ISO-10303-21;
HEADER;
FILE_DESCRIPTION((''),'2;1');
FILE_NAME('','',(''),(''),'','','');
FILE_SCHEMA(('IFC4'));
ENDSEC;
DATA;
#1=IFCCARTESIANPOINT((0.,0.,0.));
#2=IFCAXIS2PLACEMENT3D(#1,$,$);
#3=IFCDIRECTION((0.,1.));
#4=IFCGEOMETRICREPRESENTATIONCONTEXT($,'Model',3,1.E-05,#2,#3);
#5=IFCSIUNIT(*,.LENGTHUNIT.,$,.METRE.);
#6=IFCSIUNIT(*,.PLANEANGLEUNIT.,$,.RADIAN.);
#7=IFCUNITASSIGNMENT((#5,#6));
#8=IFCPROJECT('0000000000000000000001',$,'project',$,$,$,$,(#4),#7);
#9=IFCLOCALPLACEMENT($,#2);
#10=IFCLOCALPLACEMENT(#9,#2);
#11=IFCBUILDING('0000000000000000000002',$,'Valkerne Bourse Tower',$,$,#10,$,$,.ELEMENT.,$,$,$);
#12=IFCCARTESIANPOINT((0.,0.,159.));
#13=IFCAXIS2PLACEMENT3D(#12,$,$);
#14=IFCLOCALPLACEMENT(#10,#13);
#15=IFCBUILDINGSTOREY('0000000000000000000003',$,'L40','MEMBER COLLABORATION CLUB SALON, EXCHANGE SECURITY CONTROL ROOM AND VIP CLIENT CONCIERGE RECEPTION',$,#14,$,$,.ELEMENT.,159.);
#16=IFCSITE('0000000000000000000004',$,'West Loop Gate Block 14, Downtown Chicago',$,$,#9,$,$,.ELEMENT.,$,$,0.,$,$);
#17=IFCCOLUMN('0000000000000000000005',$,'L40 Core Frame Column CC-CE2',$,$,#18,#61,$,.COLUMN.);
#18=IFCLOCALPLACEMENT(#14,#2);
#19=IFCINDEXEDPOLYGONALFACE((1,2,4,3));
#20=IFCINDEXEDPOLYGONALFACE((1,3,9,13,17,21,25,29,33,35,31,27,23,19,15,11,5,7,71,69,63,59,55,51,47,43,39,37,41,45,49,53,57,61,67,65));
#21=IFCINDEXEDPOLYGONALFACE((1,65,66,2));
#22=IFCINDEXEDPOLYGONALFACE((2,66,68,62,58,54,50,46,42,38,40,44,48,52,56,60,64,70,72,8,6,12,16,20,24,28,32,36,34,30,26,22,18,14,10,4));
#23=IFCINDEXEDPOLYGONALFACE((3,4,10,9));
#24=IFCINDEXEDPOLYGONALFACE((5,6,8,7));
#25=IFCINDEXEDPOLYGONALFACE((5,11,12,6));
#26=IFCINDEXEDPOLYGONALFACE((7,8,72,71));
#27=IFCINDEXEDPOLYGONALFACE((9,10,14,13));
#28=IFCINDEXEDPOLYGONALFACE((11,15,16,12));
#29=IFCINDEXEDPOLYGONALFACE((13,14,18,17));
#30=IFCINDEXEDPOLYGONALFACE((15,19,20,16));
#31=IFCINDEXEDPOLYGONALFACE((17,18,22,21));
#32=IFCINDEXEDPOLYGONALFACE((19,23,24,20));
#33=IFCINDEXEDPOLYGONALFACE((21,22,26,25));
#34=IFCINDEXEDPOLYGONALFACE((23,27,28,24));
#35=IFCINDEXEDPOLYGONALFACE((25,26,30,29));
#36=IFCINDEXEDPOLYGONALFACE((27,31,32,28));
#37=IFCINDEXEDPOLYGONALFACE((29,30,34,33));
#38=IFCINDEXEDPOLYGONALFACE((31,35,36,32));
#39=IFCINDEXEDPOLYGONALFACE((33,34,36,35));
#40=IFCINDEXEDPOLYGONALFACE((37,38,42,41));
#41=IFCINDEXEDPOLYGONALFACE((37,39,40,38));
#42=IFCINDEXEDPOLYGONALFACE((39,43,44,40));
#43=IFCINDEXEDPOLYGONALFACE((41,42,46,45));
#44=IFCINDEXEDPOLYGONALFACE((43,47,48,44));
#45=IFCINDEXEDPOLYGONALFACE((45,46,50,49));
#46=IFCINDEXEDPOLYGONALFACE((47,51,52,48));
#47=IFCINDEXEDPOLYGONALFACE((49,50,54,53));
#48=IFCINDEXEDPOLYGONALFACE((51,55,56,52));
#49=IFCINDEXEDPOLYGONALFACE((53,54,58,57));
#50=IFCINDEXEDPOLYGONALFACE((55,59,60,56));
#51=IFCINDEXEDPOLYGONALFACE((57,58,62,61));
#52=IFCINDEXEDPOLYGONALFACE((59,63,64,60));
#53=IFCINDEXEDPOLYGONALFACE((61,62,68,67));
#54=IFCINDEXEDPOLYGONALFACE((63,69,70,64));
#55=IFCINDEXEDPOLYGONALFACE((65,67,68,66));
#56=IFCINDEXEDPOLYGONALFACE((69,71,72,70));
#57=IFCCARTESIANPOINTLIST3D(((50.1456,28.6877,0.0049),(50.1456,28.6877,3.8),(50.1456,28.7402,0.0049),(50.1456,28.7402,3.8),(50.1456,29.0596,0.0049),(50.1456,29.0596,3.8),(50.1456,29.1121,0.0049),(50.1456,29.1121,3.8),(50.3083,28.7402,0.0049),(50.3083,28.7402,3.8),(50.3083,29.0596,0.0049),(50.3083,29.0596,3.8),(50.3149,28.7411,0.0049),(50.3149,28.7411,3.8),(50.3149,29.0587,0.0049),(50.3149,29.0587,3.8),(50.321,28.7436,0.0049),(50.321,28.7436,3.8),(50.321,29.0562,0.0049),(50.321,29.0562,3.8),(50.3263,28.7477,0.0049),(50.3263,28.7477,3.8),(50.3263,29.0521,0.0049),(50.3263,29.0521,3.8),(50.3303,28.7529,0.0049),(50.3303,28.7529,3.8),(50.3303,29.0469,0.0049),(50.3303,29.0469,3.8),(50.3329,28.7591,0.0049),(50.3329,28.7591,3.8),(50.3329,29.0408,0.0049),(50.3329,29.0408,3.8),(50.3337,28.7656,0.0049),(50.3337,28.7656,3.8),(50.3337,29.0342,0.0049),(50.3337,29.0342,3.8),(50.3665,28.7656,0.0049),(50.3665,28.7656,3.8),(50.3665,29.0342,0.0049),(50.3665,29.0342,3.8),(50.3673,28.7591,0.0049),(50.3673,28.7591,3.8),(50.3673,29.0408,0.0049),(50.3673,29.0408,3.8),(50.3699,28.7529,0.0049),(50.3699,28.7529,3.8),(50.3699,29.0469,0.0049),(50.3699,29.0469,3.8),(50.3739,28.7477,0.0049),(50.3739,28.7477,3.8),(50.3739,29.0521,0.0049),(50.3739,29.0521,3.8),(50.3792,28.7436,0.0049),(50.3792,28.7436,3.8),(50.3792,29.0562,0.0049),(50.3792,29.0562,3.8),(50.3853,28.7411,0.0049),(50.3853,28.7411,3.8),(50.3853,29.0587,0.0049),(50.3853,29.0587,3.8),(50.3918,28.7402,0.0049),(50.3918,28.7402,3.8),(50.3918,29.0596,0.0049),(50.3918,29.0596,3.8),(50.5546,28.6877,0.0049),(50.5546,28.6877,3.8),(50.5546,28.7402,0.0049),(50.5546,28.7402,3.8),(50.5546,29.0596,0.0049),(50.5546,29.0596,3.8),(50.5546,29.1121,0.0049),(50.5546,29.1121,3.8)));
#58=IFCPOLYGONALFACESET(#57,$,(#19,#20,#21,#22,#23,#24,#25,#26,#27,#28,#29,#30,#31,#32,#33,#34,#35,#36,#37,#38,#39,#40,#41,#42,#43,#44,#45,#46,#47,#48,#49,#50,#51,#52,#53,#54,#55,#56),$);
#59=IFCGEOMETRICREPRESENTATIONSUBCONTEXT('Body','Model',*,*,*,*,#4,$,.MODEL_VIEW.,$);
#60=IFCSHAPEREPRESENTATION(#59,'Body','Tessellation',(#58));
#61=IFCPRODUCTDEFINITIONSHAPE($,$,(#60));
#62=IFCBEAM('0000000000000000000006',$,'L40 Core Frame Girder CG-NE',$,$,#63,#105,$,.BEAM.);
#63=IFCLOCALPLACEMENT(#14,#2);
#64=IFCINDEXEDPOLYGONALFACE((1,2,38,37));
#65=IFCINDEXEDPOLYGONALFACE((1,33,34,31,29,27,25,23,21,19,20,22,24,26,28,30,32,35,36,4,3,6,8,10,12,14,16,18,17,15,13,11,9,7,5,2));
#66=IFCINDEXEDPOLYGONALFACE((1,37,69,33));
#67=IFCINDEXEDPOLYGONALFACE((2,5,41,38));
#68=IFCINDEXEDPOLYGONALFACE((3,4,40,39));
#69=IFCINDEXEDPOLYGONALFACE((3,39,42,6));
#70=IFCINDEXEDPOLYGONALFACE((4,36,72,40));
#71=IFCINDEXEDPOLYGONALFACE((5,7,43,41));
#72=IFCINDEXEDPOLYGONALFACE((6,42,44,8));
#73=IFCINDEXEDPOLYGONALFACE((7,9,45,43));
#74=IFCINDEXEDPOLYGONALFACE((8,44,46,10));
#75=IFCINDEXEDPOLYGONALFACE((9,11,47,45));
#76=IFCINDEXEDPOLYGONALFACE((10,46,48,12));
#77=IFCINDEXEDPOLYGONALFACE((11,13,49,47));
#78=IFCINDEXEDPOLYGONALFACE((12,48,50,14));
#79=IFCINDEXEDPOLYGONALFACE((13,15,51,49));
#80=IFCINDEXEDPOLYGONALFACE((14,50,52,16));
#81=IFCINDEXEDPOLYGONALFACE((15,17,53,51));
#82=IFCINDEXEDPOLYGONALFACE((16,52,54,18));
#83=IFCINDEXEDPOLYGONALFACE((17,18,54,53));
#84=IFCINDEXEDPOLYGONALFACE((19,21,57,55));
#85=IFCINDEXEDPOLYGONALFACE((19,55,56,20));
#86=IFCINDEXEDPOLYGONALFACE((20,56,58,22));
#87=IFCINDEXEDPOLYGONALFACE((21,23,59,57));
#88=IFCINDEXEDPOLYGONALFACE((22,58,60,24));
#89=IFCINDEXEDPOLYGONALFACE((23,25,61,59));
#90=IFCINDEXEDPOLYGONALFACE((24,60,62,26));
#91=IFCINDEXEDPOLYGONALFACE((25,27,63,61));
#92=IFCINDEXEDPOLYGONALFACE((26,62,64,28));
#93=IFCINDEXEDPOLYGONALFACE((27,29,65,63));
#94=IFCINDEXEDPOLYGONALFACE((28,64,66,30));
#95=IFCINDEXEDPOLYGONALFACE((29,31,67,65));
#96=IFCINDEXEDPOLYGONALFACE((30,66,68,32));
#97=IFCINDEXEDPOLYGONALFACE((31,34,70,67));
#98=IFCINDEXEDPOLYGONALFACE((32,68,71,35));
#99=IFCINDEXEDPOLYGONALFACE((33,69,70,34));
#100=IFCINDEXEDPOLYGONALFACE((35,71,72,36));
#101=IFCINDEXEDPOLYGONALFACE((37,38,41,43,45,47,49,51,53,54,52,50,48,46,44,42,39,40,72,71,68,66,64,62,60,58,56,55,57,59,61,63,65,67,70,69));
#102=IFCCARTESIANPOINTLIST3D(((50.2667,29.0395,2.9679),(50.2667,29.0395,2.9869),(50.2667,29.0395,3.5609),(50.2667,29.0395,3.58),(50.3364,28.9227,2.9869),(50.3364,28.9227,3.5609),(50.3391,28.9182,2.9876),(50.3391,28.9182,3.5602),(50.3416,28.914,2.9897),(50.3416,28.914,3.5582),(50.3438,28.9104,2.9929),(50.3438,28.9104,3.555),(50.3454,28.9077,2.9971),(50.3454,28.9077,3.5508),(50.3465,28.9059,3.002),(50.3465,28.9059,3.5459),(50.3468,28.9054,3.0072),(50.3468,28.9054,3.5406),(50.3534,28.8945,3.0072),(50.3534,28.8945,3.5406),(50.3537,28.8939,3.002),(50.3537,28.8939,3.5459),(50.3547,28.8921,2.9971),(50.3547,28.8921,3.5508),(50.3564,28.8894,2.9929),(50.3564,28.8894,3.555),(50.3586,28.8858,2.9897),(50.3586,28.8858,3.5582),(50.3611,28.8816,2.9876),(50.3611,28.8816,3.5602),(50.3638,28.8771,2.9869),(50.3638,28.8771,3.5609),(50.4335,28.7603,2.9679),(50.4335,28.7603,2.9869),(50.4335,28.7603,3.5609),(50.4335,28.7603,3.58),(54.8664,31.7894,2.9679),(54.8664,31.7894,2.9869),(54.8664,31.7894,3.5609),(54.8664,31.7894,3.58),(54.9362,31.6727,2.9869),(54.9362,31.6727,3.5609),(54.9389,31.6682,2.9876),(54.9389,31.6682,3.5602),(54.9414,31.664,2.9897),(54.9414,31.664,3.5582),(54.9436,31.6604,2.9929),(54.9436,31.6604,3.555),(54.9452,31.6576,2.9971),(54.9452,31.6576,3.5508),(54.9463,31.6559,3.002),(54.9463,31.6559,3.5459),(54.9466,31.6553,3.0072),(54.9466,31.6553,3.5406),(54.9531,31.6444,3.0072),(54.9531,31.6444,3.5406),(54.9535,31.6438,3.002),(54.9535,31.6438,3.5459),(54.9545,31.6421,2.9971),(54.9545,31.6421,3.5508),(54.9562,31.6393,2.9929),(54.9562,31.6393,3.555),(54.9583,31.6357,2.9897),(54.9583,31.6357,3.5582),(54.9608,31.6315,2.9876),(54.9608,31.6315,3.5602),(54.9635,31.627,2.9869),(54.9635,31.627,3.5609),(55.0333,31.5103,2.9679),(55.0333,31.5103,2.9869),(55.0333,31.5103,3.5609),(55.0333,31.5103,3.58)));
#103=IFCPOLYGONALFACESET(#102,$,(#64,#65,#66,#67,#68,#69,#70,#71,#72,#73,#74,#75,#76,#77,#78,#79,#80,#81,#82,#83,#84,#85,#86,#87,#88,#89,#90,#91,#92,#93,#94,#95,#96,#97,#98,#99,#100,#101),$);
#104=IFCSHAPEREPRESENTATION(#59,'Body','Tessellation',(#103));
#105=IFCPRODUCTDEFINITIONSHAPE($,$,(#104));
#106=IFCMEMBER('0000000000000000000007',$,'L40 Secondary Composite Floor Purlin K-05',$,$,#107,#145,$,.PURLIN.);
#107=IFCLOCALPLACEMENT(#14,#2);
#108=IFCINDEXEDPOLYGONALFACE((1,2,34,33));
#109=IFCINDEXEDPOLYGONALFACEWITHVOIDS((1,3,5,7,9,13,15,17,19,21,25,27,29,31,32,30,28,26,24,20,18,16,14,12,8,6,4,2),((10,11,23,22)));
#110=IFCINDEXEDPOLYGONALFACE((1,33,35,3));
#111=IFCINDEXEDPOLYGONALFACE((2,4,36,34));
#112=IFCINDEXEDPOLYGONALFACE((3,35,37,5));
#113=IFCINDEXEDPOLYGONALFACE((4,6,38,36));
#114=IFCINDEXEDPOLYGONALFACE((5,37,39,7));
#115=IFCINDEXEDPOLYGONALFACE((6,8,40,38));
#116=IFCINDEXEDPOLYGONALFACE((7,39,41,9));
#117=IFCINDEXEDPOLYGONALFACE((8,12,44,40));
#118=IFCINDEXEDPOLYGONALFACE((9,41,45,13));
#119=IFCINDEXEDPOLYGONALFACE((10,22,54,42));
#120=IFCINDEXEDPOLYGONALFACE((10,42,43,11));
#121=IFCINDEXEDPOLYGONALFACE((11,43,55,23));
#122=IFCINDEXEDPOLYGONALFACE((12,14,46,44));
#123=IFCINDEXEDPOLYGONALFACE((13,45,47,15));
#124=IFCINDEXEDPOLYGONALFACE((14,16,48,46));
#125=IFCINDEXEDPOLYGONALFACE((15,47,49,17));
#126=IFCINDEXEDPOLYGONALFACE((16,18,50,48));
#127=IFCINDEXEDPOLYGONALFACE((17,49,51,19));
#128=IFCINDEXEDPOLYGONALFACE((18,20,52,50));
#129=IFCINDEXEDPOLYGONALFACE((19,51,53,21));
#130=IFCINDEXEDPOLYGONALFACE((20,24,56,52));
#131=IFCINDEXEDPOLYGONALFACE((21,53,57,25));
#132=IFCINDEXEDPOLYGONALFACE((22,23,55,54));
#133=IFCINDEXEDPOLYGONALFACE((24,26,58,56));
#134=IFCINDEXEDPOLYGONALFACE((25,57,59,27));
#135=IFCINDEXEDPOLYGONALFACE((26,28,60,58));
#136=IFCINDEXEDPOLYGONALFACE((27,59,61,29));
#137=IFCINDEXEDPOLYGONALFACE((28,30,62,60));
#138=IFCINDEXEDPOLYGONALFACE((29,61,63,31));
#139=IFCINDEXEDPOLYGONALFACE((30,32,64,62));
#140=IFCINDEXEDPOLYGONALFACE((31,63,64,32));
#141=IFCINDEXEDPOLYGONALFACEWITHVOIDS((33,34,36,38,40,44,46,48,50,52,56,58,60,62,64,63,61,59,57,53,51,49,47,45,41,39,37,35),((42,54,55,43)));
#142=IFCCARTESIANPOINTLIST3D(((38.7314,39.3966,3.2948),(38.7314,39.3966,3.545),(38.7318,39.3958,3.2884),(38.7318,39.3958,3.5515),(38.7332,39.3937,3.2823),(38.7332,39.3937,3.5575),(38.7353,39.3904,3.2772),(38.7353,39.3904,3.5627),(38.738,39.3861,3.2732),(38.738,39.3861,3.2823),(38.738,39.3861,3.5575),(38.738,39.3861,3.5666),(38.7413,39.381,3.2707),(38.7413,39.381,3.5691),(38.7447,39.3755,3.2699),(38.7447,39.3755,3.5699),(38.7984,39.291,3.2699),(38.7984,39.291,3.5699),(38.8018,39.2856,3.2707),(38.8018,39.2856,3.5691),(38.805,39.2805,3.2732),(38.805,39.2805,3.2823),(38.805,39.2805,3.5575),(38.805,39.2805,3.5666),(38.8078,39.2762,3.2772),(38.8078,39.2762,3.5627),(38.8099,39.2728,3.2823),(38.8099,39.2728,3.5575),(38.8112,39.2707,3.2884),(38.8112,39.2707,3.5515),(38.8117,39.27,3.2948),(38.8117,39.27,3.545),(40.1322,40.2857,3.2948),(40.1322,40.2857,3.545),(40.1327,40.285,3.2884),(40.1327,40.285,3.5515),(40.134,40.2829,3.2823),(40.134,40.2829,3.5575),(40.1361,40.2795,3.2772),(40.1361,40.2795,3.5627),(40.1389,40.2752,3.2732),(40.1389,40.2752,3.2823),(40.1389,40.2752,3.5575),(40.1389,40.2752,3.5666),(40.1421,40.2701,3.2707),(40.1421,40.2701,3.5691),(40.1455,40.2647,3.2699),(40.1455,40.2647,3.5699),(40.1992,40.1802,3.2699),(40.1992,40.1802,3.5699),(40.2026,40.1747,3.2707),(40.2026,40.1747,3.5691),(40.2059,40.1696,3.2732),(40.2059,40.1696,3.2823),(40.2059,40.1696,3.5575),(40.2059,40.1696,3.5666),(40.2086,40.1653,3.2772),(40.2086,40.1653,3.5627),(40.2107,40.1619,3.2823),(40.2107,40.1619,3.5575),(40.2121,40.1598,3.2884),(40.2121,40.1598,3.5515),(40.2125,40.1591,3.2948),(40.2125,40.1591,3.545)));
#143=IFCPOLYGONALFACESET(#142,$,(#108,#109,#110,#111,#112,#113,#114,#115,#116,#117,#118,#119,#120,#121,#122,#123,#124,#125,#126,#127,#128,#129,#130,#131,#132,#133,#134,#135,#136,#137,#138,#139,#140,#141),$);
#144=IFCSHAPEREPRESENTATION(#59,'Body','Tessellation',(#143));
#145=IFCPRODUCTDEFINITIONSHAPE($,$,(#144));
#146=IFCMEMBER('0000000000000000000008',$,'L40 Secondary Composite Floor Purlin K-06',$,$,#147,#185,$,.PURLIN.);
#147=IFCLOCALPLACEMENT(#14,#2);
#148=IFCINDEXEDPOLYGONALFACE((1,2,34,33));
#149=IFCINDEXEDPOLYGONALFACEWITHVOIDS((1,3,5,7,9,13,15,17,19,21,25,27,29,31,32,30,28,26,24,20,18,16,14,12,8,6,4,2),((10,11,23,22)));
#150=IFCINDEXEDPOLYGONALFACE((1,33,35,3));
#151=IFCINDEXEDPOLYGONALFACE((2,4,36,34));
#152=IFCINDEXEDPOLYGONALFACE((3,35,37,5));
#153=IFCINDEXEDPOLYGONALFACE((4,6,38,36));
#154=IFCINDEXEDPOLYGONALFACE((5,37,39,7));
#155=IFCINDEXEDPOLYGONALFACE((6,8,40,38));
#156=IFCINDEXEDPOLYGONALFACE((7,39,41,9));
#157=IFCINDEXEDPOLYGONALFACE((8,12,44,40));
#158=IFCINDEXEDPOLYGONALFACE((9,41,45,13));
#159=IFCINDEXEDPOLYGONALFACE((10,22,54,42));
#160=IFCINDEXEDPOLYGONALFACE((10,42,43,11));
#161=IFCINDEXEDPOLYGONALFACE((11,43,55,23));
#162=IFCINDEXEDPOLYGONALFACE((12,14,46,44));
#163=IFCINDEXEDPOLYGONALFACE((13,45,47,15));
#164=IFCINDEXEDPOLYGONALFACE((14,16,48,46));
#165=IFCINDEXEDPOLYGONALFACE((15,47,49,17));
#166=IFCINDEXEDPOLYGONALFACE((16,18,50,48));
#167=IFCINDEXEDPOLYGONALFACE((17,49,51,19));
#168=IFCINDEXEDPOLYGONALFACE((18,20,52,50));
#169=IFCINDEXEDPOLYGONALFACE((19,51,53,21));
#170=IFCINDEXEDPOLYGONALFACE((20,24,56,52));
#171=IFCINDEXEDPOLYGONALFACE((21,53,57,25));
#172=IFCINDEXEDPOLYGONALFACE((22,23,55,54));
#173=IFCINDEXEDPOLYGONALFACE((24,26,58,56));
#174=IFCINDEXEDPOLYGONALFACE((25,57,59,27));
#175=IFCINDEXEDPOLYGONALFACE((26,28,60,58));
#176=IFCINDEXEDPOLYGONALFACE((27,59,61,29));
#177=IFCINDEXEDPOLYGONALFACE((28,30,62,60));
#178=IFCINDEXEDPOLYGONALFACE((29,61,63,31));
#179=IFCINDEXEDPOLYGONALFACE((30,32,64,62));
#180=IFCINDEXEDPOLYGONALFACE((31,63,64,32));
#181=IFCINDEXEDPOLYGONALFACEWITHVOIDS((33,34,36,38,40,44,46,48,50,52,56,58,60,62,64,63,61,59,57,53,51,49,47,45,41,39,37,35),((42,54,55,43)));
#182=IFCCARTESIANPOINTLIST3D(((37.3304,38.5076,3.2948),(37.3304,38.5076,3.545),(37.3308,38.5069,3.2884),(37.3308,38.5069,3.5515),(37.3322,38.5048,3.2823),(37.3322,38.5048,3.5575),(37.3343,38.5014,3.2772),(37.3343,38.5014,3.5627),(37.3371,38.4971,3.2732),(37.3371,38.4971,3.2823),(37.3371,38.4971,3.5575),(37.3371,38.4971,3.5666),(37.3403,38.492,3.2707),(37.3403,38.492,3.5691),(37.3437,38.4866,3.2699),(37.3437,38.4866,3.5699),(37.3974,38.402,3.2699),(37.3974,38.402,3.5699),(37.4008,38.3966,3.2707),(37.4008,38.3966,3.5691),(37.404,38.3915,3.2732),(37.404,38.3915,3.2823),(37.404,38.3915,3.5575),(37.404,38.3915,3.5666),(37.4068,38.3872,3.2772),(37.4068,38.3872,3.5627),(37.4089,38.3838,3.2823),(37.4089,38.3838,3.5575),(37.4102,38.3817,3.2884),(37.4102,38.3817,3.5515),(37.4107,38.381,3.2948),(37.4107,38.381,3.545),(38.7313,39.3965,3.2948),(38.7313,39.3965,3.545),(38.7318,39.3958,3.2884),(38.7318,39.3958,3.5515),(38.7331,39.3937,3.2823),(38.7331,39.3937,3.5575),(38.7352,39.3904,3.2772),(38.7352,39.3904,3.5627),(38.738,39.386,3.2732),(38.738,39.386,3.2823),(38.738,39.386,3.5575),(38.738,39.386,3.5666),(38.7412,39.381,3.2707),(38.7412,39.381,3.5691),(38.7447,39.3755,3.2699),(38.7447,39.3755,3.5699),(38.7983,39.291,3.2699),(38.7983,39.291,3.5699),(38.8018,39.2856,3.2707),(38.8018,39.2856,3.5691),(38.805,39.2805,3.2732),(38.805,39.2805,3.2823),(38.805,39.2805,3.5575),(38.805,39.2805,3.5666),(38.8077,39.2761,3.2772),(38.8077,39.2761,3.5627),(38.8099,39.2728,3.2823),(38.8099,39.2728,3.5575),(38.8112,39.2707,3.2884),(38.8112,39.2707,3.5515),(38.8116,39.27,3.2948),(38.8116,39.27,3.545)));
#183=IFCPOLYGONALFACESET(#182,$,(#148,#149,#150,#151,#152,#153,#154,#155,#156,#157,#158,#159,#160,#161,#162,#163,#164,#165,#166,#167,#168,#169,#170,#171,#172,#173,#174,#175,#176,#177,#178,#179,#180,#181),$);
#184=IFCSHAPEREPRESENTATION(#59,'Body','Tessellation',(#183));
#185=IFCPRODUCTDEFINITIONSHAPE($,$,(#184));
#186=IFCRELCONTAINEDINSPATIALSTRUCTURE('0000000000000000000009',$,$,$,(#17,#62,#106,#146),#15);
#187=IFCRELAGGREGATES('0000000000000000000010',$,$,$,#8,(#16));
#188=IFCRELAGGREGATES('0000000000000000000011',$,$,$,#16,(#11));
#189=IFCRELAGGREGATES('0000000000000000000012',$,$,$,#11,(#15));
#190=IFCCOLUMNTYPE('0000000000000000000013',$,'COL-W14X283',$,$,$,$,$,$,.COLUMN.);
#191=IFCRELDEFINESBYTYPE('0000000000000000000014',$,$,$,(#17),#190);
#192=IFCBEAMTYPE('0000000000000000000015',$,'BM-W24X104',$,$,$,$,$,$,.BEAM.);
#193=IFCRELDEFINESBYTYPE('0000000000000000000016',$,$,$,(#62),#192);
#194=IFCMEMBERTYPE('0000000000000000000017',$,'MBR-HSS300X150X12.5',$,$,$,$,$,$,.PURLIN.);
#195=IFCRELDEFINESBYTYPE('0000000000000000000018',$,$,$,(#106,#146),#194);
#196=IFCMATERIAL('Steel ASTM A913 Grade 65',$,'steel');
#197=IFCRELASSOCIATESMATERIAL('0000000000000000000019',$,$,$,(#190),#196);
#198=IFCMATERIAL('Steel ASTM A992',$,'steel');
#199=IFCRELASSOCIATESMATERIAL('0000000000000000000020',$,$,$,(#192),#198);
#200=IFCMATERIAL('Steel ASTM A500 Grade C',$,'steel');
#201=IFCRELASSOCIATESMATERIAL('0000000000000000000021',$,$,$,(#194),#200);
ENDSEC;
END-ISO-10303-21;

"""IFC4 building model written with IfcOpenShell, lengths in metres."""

from ifc_helpers import new_model, si_unit, direction, frame, origin, origin_2d, place, context, subcontext, project, spatial, hollow_rectangle, i_section, extrude, material, material_profile, profile_set, type_object, element, save


model = new_model("IFC4")

# Units and contexts
model_context = context("Model", 3, precision=1e-05, world=origin(), true_north=direction((0.0, 1.0)))
body_context = subcontext(model_context, "Body", "Model", "MODEL_VIEW")
ifc_project = project(units=[si_unit("LENGTHUNIT", "METRE"), si_unit("PLANEANGLEUNIT", "RADIAN")], contexts=[model_context])

# Site, building, storey
site_placement = place(None, origin())
site = spatial("IfcSite", under=ifc_project, at=site_placement, Name="West Loop Gate Block 14, Downtown Chicago", CompositionType="ELEMENT", RefElevation=0.0)
building_placement = place(site_placement, origin())
building = spatial("IfcBuilding", under=site, at=building_placement, Name="Valkerne Bourse Tower", CompositionType="ELEMENT")
storey_placement = place(building_placement, frame((0.0, 0.0, 159.0)))
storey = spatial("IfcBuildingStorey", under=building, at=storey_placement, Name="L40", Description="MEMBER COLLABORATION CLUB SALON, EXCHANGE SECURITY CONTROL ROOM AND VIP CLIENT CONCIERGE RECEPTION", CompositionType="ELEMENT", Elevation=159.0)

# Column
ifc_material_1 = material(Name="Steel ASTM A913 Grade 65", Category="steel")
ifc_material_profile_1 = material_profile(ifc_material_1, i_section(OverallWidth=0.4089, OverallDepth=0.4243, WebThickness=0.0327, FlangeThickness=0.0525, FilletRadius=0.0254, at=origin_2d()), Name="W14X283")
ifc_profile_set_1 = profile_set([ifc_material_profile_1], Name="Steel ASTM A913 Grade 65")
column_type = type_object("IfcColumnType", Name="COL-W14X283", PredefinedType="COLUMN", material=ifc_profile_set_1)
column_placement = place(storey_placement, frame((50.3501, 28.8999, 0.0049), z_axis=(0.0, 0.0, 1.0), x_axis=(1.0, 0.0, 0.0)))
element("IfcColumn", 1, at=column_placement, inside=storey, type_object=column_type, Name="L40 Core Frame Column CC-CE2", PredefinedType="COLUMN", context=body_context, shape_type="SweptSolid", body=[
    extrude(i_section(OverallWidth=0.4089, OverallDepth=0.4243, WebThickness=0.0327, FlangeThickness=0.0525, FilletRadius=0.0254, at=origin_2d()), origin(), (0.0, 0.0, 1.0), 3.7952),
])

# Beam
ifc_material_2 = material(Name="Steel ASTM A992", Category="steel")
ifc_material_profile_2 = material_profile(ifc_material_2, i_section(OverallWidth=0.3252, OverallDepth=0.6121, WebThickness=0.0127, FlangeThickness=0.019, FilletRadius=0.0203, at=origin_2d()), Name="W24X104")
ifc_profile_set_2 = profile_set([ifc_material_profile_2], Name="Steel ASTM A992")
beam_type = type_object("IfcBeamType", Name="BM-W24X104", PredefinedType="BEAM", material=ifc_profile_set_2)
beam_placement = place(storey_placement, frame((50.3501, 28.8999, 3.2739), z_axis=(0.858308, 0.513135, 0.0), x_axis=(-0.513135, 0.858308, 0.0)))
element("IfcBeam", 2, at=beam_placement, inside=storey, type_object=beam_type, Name="L40 Core Frame Girder CG-NE", PredefinedType="BEAM", context=body_context, shape_type="SweptSolid", body=[
    extrude(i_section(OverallWidth=0.3252, OverallDepth=0.6121, WebThickness=0.0127, FlangeThickness=0.019, FilletRadius=0.0203, at=origin_2d()), origin(), (0.0, 0.0, 1.0), 5.3591),
])

# Members
ifc_material_3 = material(Name="Steel ASTM A500 Grade C", Category="steel")
ifc_material_profile_3 = material_profile(ifc_material_3, hollow_rectangle(XDim=0.1499, YDim=0.3, WallThickness=0.0125, OuterFilletRadius=0.0249, at=origin_2d()), Name="HSS300X150X12.5")
ifc_profile_set_3 = profile_set([ifc_material_profile_3], Name="Steel ASTM A500 Grade C")
member_type = type_object("IfcMemberType", Name="MBR-HSS300X150X12.5", PredefinedType="PURLIN", material=ifc_profile_set_3)
for number, where, z_axis, x_axis, name in (
    (3, (40.1724, 40.2224, 3.4199), (-0.844291, -0.535885, 0.0), (0.535885, -0.844291, 0.0), "L40 Secondary Composite Floor Purlin K-05"),
    (4, (38.7715, 39.3333, 3.4199), (-0.844358, -0.53578, 0.0), (0.53578, -0.844358, 0.0), "L40 Secondary Composite Floor Purlin K-06"),
):
    element("IfcMember", number, at=place(storey_placement, frame(where, z_axis=z_axis, x_axis=x_axis)), inside=storey, type_object=member_type, Name=name, PredefinedType="PURLIN", context=body_context, shape_type="SweptSolid", body=[
        extrude(hollow_rectangle(XDim=0.1499, YDim=0.3, WallThickness=0.0125, OuterFilletRadius=0.0249, at=origin_2d()), origin(), (0.0, 0.0, 1.0), 1.6592),
    ])

save(model, "model.ifc")
